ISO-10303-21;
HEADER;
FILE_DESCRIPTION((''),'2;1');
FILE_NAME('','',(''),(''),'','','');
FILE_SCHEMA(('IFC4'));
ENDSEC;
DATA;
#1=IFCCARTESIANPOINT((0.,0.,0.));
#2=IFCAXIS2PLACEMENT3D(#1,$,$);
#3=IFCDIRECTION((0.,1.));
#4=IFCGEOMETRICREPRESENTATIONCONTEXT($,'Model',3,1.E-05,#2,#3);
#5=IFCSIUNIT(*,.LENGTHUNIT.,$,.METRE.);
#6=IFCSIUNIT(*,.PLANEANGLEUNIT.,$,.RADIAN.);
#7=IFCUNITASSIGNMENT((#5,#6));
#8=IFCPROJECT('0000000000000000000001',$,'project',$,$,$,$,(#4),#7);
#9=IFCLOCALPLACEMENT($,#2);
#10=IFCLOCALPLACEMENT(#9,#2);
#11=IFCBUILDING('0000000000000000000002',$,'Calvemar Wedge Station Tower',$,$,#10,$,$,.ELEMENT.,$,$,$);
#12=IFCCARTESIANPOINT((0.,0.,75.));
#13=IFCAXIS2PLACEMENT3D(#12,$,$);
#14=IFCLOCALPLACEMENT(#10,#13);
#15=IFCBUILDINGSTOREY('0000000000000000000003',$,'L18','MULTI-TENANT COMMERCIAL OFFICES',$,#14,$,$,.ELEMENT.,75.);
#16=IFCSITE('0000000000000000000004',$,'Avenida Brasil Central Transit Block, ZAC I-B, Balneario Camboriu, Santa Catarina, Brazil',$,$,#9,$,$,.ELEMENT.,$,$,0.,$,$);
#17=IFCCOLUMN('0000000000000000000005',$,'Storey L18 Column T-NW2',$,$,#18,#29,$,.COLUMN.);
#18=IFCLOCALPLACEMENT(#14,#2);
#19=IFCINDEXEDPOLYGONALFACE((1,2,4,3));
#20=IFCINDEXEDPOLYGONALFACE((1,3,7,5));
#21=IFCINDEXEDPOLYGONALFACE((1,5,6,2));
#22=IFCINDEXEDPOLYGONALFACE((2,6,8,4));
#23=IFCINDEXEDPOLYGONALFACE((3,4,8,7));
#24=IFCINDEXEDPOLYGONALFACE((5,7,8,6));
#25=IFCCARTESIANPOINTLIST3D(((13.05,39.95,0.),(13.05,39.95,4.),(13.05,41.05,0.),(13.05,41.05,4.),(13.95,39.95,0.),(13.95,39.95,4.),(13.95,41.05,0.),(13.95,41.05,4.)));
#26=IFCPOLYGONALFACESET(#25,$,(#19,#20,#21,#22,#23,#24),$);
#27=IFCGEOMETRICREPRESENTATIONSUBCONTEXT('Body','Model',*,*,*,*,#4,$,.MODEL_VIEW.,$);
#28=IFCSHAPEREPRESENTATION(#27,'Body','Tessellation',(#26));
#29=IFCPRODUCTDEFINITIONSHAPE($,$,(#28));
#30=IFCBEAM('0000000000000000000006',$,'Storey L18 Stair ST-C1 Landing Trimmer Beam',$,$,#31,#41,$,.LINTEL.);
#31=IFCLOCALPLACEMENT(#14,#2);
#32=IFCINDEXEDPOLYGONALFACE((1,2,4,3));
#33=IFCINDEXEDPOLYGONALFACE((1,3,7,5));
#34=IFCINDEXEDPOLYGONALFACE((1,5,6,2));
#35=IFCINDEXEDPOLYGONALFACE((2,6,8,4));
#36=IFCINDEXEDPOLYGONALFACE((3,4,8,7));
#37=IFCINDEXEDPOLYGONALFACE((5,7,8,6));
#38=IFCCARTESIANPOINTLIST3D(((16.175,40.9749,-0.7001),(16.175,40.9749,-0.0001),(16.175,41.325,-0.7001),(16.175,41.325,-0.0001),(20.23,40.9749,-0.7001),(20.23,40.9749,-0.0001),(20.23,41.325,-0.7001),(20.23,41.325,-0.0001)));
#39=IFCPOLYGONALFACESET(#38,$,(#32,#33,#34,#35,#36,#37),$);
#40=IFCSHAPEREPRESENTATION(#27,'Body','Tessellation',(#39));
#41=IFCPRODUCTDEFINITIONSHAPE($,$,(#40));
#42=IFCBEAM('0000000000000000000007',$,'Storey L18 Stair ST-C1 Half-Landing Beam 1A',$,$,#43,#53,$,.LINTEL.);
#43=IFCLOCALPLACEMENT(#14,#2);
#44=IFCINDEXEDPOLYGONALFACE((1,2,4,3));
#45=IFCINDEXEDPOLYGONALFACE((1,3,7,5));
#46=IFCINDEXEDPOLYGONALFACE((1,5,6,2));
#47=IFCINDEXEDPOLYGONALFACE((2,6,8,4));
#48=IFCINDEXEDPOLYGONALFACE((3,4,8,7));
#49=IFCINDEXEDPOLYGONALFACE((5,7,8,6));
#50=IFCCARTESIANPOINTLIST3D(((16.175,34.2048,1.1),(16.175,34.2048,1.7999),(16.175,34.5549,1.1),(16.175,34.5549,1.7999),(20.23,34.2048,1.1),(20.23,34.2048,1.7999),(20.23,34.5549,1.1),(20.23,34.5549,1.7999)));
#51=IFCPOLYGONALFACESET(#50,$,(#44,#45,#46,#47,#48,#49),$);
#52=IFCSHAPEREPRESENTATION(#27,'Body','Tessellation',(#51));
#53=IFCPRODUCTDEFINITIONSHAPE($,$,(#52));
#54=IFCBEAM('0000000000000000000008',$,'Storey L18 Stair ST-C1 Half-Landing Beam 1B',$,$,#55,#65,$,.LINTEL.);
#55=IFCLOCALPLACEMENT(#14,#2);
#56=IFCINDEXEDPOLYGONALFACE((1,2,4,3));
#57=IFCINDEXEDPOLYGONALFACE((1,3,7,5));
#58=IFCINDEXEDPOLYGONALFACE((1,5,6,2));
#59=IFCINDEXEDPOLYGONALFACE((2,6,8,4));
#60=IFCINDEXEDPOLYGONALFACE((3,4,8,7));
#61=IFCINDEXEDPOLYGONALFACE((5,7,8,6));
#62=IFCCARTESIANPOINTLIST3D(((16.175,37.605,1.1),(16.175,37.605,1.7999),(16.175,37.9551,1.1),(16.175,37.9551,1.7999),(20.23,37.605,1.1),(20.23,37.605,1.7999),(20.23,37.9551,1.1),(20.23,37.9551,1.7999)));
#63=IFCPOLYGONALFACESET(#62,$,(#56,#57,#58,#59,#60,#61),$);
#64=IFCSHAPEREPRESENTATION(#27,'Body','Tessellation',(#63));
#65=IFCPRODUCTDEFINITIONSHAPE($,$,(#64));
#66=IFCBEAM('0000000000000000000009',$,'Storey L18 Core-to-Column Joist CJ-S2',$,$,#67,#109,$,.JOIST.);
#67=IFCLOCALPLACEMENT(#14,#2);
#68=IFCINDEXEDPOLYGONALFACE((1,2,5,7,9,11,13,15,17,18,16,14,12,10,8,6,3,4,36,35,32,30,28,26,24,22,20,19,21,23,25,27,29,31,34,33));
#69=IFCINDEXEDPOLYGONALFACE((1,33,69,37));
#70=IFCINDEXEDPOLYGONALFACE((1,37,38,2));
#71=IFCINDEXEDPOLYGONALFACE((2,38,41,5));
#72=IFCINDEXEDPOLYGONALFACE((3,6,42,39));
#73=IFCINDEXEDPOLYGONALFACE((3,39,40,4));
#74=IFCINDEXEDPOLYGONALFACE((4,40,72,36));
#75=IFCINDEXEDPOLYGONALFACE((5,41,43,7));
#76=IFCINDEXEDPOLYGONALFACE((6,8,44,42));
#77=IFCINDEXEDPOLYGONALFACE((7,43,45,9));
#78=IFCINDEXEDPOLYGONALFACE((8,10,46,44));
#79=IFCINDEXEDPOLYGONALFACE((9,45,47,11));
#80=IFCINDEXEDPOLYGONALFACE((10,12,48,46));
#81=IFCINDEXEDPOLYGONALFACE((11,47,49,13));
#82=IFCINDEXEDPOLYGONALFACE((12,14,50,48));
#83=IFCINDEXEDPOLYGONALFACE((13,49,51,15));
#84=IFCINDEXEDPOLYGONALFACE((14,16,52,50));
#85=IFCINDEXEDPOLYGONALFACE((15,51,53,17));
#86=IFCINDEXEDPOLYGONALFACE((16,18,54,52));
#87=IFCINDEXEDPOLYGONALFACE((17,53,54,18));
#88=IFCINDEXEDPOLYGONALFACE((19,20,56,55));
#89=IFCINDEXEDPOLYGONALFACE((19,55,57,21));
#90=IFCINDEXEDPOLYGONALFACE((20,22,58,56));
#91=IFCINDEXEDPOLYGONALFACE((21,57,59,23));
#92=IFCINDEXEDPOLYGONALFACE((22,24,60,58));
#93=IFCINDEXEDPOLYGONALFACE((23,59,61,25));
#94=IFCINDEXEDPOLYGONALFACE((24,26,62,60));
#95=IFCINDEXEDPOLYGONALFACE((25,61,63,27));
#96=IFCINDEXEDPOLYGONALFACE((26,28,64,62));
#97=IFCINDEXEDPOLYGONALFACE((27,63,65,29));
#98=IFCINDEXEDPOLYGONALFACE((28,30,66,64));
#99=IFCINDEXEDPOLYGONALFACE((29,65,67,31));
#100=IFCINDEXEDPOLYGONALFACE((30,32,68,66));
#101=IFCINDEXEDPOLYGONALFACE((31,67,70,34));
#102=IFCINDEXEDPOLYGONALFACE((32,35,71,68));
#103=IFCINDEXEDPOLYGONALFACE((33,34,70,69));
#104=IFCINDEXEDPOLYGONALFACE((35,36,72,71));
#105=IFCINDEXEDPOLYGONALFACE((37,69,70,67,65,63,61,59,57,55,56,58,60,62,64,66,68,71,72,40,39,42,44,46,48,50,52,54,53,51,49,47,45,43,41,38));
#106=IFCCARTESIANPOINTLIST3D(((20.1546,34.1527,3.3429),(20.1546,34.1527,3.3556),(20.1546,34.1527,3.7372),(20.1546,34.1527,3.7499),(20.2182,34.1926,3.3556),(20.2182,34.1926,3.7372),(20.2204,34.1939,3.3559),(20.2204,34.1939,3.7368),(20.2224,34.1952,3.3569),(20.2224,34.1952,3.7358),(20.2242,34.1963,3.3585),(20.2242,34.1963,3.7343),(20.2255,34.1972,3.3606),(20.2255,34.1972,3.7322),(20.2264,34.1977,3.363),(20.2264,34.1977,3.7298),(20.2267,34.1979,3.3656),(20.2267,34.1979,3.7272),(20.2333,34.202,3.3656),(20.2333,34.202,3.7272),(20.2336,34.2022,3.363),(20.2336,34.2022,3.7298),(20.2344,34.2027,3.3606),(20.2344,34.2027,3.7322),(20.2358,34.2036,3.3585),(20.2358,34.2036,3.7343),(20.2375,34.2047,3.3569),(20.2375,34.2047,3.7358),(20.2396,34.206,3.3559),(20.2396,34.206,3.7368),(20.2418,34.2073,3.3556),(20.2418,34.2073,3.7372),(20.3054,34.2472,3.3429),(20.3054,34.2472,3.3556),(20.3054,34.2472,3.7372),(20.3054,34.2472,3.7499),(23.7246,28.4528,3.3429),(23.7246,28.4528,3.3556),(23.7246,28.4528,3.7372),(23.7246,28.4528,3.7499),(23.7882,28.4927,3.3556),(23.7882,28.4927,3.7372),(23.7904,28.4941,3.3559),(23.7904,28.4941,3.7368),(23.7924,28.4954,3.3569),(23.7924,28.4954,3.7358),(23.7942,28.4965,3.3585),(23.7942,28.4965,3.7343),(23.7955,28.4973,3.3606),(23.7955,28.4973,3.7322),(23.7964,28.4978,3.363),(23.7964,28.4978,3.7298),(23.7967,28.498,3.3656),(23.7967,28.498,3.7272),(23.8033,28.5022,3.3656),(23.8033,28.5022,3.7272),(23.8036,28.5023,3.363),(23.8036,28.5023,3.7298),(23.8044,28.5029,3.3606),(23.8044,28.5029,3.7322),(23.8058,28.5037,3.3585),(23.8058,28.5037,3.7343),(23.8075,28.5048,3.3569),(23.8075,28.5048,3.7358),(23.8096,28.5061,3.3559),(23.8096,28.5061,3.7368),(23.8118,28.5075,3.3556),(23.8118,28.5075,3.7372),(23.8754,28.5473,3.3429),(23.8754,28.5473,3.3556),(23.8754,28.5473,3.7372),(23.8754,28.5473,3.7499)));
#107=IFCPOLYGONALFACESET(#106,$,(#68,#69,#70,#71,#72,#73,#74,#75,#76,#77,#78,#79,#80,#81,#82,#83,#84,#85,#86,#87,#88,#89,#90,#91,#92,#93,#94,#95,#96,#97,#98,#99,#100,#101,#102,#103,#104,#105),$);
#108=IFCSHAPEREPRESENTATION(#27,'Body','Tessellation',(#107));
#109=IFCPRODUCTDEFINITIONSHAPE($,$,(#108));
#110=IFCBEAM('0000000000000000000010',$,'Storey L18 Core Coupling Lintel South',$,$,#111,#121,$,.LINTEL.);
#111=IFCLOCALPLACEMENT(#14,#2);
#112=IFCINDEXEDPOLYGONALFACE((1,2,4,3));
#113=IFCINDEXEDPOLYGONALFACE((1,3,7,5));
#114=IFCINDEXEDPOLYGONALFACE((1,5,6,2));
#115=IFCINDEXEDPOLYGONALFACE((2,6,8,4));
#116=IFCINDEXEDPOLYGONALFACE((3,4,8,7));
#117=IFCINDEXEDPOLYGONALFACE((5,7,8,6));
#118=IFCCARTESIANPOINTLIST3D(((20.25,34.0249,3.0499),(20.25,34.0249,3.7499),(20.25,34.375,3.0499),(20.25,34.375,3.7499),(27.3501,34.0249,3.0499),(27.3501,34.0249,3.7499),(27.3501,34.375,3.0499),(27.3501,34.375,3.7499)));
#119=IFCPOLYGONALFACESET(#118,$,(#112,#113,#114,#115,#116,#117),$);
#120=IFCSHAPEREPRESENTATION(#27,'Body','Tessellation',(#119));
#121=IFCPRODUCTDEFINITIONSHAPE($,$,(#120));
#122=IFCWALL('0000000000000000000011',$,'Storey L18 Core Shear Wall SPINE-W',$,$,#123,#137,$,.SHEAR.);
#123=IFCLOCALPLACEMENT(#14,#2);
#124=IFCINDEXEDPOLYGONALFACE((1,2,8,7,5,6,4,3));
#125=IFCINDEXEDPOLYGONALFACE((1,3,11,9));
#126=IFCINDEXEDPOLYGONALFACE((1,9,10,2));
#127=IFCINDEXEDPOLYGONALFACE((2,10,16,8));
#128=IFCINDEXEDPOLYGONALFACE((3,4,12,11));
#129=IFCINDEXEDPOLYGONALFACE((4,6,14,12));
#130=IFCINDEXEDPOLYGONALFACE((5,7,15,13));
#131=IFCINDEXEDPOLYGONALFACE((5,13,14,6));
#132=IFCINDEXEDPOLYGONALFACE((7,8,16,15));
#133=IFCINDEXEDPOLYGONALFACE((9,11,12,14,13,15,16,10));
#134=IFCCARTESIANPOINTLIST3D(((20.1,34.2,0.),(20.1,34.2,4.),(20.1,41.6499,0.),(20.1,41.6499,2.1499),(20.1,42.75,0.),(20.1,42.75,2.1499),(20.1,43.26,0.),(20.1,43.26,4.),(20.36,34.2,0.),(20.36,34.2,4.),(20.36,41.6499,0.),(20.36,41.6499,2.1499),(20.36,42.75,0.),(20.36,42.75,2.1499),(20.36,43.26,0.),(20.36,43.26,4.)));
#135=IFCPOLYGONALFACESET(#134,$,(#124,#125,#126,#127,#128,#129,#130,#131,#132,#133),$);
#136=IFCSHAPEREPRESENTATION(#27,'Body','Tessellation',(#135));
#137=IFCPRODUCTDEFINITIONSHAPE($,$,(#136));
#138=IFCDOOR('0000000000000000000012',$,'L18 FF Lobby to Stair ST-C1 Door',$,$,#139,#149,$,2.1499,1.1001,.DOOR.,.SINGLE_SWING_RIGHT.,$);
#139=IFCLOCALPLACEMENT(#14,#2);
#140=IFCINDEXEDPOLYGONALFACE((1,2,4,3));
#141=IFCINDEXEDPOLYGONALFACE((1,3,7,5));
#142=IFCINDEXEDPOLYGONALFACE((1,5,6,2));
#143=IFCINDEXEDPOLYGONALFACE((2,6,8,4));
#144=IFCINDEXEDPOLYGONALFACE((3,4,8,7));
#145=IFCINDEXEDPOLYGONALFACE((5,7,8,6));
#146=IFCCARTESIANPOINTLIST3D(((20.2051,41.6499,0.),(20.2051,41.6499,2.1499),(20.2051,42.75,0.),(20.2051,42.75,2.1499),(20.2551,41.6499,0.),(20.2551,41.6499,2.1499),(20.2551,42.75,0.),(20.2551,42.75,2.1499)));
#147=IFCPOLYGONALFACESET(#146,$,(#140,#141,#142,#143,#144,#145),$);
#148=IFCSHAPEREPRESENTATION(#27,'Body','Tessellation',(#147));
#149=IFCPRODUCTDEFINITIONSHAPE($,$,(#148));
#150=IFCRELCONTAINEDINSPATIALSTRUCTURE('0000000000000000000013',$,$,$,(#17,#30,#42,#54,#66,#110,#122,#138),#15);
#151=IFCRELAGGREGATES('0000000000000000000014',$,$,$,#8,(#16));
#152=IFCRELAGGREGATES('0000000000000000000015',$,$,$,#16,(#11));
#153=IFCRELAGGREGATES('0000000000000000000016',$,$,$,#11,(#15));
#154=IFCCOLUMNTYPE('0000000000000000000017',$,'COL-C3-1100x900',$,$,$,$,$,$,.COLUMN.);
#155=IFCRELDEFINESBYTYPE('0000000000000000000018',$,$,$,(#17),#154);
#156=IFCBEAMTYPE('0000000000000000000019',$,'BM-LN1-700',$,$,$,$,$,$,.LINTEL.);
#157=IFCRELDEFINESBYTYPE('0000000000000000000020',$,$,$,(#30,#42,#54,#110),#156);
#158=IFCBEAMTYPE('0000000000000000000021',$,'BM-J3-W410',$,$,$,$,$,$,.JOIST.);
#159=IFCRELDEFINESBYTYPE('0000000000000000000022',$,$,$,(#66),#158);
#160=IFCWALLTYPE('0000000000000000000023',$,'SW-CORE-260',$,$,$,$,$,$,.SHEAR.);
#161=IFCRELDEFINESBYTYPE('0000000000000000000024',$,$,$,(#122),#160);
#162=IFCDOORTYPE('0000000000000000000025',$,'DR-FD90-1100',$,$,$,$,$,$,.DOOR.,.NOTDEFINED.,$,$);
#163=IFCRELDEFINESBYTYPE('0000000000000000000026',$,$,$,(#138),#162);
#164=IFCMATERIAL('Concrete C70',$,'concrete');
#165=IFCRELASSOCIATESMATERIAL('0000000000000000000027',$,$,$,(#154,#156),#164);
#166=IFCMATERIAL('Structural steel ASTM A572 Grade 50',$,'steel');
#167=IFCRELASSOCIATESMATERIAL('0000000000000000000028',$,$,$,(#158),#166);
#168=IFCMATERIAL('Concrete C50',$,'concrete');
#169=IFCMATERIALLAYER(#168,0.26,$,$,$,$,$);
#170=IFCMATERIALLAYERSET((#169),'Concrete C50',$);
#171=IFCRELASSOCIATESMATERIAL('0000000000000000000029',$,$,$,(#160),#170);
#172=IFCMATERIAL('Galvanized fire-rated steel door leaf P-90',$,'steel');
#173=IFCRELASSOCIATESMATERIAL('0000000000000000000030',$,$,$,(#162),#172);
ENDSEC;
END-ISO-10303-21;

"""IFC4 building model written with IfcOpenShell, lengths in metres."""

from ifc_helpers import new_model, si_unit, direction, frame, frame_2d, origin, origin_2d, place, context, subcontext, project, spatial, rectangle, i_section, extrude, source, transform, mapped, material, layer, layer_set, material_profile, profile_set, type_object, element, fill, save


model = new_model("IFC4")

# Units and contexts
model_context = context("Model", 3, precision=1e-05, world=origin(), true_north=direction((0.0, 1.0)))
body_context = subcontext(model_context, "Body", "Model", "MODEL_VIEW")
ifc_project = project(units=[si_unit("LENGTHUNIT", "METRE"), si_unit("PLANEANGLEUNIT", "RADIAN")], contexts=[model_context])

# Site, building, storey
site_placement = place(None, origin())
site = spatial("IfcSite", under=ifc_project, at=site_placement, Name="Avenida Brasil Central Transit Block, ZAC I-B, Balneario Camboriu, Santa Catarina, Brazil", CompositionType="ELEMENT", RefElevation=0.0)
building_placement = place(site_placement, origin())
building = spatial("IfcBuilding", under=site, at=building_placement, Name="Calvemar Wedge Station Tower", CompositionType="ELEMENT")
storey_placement = place(building_placement, frame((0.0, 0.0, 75.0)))
storey = spatial("IfcBuildingStorey", under=building, at=storey_placement, Name="L18", Description="MULTI-TENANT COMMERCIAL OFFICES", CompositionType="ELEMENT", Elevation=75.0)

# Column
ifc_material_1 = material(Name="Concrete C70", Category="concrete")
ifc_material_profile_1 = material_profile(ifc_material_1, rectangle(XDim=0.8999, YDim=1.1001, at=origin_2d()), Name="RC1100x900")
ifc_profile_set_1 = profile_set([ifc_material_profile_1], Name="Concrete C70")
column_type = type_object("IfcColumnType", Name="COL-C3-1100x900", PredefinedType="COLUMN", material=ifc_profile_set_1)
shared_shape_1 = source(origin(), body_context, "Body", "SweptSolid", [
    extrude(rectangle(XDim=0.8999, YDim=1.1001, at=origin_2d()), origin(), (0.0, 0.0, 1.0), 4.0),
])
column_placement = place(storey_placement, frame((13.5, 40.5, 0.0), z_axis=(0.0, 0.0, 1.0), x_axis=(1.0, 0.0, 0.0)))
element("IfcColumn", 1, at=column_placement, inside=storey, type_object=column_type, Name="Storey L18 Column T-NW2", PredefinedType="COLUMN", context=body_context, shape_type="MappedRepresentation", body=[
    mapped(shared_shape_1, transform((0.0, 0.0, 0.0), scale=1.0)),
])

# Beams
ifc_material_profile_2 = material_profile(ifc_material_1, rectangle(XDim=0.3501, YDim=0.7, at=origin_2d()), Name="RC350x700")
ifc_profile_set_2 = profile_set([ifc_material_profile_2], Name="Concrete C70")
beam_type_1 = type_object("IfcBeamType", Name="BM-LN1-700", PredefinedType="LINTEL", material=ifc_profile_set_2)
shared_shape_2 = source(origin(), body_context, "Body", "SweptSolid", [
    extrude(rectangle(XDim=0.3501, YDim=0.7, at=origin_2d()), origin(), (0.0, 0.0, 1.0), 4.0549),
])
for number, where, z_axis, x_axis, name in (
    (2, (16.175, 41.1499, -0.3501), (1.0, 0.0, 0.0), (0.0, 1.0, 0.0), "Storey L18 Stair ST-C1 Landing Trimmer Beam"),
    (3, (16.175, 34.3799, 1.45), (1.0, 0.0, 0.0), (0.0, 1.0, 0.0), "Storey L18 Stair ST-C1 Half-Landing Beam 1A"),
    (4, (16.175, 37.78, 1.45), (1.0, 0.0, 0.0), (0.0, 1.0, 0.0), "Storey L18 Stair ST-C1 Half-Landing Beam 1B"),
):
    element("IfcBeam", number, at=place(storey_placement, frame(where, z_axis=z_axis, x_axis=x_axis)), inside=storey, type_object=beam_type_1, Name=name, PredefinedType="LINTEL", context=body_context, shape_type="MappedRepresentation", body=[
        mapped(shared_shape_2, transform((0.0, 0.0, 0.0), scale=1.0)),
    ])
ifc_material_2 = material(Name="Structural steel ASTM A572 Grade 50", Category="steel")
ifc_material_profile_3 = material_profile(ifc_material_2, i_section(OverallWidth=0.178, OverallDepth=0.407, WebThickness=0.0078, FlangeThickness=0.0127, FilletRadius=0.01, at=origin_2d()), Name="W410x60")
ifc_profile_set_3 = profile_set([ifc_material_profile_3], Name="Structural steel ASTM A572 Grade 50")
beam_type_2 = type_object("IfcBeamType", Name="BM-J3-W410", PredefinedType="JOIST", material=ifc_profile_set_3)
shared_shape_3 = source(origin(), body_context, "Body", "SweptSolid", [
    extrude(i_section(OverallWidth=0.178, OverallDepth=0.407, WebThickness=0.0078, FlangeThickness=0.0127, FilletRadius=0.01, at=origin_2d()), origin(), (0.0, 0.0, 1.0), 6.7256),
])
beam_1_placement = place(storey_placement, frame((20.23, 34.2, 3.5464), z_axis=(0.530811, -0.84749, 0.0), x_axis=(0.84749, 0.530811, 0.0)))
element("IfcBeam", 5, at=beam_1_placement, inside=storey, type_object=beam_type_2, Name="Storey L18 Core-to-Column Joist CJ-S2", PredefinedType="JOIST", context=body_context, shape_type="MappedRepresentation", body=[
    mapped(shared_shape_3, transform((0.0, 0.0, 0.0), scale=1.0)),
])
shared_shape_4 = source(origin(), body_context, "Body", "SweptSolid", [
    extrude(rectangle(XDim=0.3501, YDim=0.7, at=origin_2d()), origin(), (0.0, 0.0, 1.0), 7.1001),
])
beam_2_placement = place(storey_placement, frame((20.25, 34.2, 3.3999), z_axis=(1.0, 0.0, 0.0), x_axis=(0.0, 1.0, 0.0)))
element("IfcBeam", 6, at=beam_2_placement, inside=storey, type_object=beam_type_1, Name="Storey L18 Core Coupling Lintel South", PredefinedType="LINTEL", context=body_context, shape_type="MappedRepresentation", body=[
    mapped(shared_shape_4, transform((0.0, 0.0, 0.0), scale=1.0)),
])

# Wall, opening, door
ifc_material_3 = material(Name="Concrete C50", Category="concrete")
ifc_layer_1 = layer(ifc_material_3, 0.26)
ifc_layer_set_1 = layer_set([ifc_layer_1], Name="Concrete C50")
wall_type_1 = type_object("IfcWallType", Name="SW-CORE-260", PredefinedType="SHEAR", material=ifc_layer_set_1)
wall_1_placement = place(storey_placement, frame((20.23, 34.2, 0.0), z_axis=(0.0, 0.0, 1.0), x_axis=(0.0, 1.0, 0.0)))
wall_1 = element("IfcWall", 7, at=wall_1_placement, inside=storey, type_object=wall_type_1, Name="Storey L18 Core Shear Wall SPINE-W", PredefinedType="SHEAR", context=body_context, shape_type="SweptSolid", body=[
    extrude(rectangle(XDim=9.0601, YDim=0.26, at=frame_2d((4.53, 0.0))), origin(), (0.0, 0.0, 1.0), 4.0),
])
shared_shape_5 = source(origin(), body_context, "Body", "SweptSolid", [
    extrude(rectangle(XDim=1.1001, YDim=2.1499, at=frame_2d((0.55, 1.075))), frame((0.0, 0.1401, 0.0), z_axis=(0.0, -1.0, 0.0), x_axis=(1.0, 0.0, 0.0)), (0.0, 0.0, 1.0), 0.28),
])
opening_1_placement = place(wall_1_placement, frame((7.45, 0.0, 0.0)))
opening_1 = element("IfcOpeningElement", 8, at=opening_1_placement, cuts=wall_1, PredefinedType="OPENING", context=body_context, shape_type="MappedRepresentation", body=[
    mapped(shared_shape_5, transform((0.0, 0.0, 0.0), scale=1.0)),
])
ifc_material_4 = material(Name="Galvanized fire-rated steel door leaf P-90", Category="steel")
door_type_1 = type_object("IfcDoorType", Name="DR-FD90-1100", OperationType="NOTDEFINED", PredefinedType="DOOR", material=ifc_material_4)
shared_shape_6 = source(origin(), body_context, "Body", "SweptSolid", [
    extrude(rectangle(XDim=1.1001, YDim=2.1499, at=frame_2d((0.55, 1.075))), frame((0.0, 0.0249, 0.0), z_axis=(0.0, -1.0, 0.0), x_axis=(1.0, 0.0, 0.0)), (0.0, 0.0, 1.0), 0.05),
])
door_1_placement = place(opening_1_placement, origin())
door_1 = element("IfcDoor", 9, at=door_1_placement, inside=storey, type_object=door_type_1, Name="L18 FF Lobby to Stair ST-C1 Door", OperationType="SINGLE_SWING_RIGHT", OverallHeight=2.1499, OverallWidth=1.1001, PredefinedType="DOOR", context=body_context, shape_type="MappedRepresentation", body=[
    mapped(shared_shape_6, transform((0.0, 0.0, 0.0), scale=1.0)),
])
fill(opening_1, door_1)

save(model, "model.ifc")
